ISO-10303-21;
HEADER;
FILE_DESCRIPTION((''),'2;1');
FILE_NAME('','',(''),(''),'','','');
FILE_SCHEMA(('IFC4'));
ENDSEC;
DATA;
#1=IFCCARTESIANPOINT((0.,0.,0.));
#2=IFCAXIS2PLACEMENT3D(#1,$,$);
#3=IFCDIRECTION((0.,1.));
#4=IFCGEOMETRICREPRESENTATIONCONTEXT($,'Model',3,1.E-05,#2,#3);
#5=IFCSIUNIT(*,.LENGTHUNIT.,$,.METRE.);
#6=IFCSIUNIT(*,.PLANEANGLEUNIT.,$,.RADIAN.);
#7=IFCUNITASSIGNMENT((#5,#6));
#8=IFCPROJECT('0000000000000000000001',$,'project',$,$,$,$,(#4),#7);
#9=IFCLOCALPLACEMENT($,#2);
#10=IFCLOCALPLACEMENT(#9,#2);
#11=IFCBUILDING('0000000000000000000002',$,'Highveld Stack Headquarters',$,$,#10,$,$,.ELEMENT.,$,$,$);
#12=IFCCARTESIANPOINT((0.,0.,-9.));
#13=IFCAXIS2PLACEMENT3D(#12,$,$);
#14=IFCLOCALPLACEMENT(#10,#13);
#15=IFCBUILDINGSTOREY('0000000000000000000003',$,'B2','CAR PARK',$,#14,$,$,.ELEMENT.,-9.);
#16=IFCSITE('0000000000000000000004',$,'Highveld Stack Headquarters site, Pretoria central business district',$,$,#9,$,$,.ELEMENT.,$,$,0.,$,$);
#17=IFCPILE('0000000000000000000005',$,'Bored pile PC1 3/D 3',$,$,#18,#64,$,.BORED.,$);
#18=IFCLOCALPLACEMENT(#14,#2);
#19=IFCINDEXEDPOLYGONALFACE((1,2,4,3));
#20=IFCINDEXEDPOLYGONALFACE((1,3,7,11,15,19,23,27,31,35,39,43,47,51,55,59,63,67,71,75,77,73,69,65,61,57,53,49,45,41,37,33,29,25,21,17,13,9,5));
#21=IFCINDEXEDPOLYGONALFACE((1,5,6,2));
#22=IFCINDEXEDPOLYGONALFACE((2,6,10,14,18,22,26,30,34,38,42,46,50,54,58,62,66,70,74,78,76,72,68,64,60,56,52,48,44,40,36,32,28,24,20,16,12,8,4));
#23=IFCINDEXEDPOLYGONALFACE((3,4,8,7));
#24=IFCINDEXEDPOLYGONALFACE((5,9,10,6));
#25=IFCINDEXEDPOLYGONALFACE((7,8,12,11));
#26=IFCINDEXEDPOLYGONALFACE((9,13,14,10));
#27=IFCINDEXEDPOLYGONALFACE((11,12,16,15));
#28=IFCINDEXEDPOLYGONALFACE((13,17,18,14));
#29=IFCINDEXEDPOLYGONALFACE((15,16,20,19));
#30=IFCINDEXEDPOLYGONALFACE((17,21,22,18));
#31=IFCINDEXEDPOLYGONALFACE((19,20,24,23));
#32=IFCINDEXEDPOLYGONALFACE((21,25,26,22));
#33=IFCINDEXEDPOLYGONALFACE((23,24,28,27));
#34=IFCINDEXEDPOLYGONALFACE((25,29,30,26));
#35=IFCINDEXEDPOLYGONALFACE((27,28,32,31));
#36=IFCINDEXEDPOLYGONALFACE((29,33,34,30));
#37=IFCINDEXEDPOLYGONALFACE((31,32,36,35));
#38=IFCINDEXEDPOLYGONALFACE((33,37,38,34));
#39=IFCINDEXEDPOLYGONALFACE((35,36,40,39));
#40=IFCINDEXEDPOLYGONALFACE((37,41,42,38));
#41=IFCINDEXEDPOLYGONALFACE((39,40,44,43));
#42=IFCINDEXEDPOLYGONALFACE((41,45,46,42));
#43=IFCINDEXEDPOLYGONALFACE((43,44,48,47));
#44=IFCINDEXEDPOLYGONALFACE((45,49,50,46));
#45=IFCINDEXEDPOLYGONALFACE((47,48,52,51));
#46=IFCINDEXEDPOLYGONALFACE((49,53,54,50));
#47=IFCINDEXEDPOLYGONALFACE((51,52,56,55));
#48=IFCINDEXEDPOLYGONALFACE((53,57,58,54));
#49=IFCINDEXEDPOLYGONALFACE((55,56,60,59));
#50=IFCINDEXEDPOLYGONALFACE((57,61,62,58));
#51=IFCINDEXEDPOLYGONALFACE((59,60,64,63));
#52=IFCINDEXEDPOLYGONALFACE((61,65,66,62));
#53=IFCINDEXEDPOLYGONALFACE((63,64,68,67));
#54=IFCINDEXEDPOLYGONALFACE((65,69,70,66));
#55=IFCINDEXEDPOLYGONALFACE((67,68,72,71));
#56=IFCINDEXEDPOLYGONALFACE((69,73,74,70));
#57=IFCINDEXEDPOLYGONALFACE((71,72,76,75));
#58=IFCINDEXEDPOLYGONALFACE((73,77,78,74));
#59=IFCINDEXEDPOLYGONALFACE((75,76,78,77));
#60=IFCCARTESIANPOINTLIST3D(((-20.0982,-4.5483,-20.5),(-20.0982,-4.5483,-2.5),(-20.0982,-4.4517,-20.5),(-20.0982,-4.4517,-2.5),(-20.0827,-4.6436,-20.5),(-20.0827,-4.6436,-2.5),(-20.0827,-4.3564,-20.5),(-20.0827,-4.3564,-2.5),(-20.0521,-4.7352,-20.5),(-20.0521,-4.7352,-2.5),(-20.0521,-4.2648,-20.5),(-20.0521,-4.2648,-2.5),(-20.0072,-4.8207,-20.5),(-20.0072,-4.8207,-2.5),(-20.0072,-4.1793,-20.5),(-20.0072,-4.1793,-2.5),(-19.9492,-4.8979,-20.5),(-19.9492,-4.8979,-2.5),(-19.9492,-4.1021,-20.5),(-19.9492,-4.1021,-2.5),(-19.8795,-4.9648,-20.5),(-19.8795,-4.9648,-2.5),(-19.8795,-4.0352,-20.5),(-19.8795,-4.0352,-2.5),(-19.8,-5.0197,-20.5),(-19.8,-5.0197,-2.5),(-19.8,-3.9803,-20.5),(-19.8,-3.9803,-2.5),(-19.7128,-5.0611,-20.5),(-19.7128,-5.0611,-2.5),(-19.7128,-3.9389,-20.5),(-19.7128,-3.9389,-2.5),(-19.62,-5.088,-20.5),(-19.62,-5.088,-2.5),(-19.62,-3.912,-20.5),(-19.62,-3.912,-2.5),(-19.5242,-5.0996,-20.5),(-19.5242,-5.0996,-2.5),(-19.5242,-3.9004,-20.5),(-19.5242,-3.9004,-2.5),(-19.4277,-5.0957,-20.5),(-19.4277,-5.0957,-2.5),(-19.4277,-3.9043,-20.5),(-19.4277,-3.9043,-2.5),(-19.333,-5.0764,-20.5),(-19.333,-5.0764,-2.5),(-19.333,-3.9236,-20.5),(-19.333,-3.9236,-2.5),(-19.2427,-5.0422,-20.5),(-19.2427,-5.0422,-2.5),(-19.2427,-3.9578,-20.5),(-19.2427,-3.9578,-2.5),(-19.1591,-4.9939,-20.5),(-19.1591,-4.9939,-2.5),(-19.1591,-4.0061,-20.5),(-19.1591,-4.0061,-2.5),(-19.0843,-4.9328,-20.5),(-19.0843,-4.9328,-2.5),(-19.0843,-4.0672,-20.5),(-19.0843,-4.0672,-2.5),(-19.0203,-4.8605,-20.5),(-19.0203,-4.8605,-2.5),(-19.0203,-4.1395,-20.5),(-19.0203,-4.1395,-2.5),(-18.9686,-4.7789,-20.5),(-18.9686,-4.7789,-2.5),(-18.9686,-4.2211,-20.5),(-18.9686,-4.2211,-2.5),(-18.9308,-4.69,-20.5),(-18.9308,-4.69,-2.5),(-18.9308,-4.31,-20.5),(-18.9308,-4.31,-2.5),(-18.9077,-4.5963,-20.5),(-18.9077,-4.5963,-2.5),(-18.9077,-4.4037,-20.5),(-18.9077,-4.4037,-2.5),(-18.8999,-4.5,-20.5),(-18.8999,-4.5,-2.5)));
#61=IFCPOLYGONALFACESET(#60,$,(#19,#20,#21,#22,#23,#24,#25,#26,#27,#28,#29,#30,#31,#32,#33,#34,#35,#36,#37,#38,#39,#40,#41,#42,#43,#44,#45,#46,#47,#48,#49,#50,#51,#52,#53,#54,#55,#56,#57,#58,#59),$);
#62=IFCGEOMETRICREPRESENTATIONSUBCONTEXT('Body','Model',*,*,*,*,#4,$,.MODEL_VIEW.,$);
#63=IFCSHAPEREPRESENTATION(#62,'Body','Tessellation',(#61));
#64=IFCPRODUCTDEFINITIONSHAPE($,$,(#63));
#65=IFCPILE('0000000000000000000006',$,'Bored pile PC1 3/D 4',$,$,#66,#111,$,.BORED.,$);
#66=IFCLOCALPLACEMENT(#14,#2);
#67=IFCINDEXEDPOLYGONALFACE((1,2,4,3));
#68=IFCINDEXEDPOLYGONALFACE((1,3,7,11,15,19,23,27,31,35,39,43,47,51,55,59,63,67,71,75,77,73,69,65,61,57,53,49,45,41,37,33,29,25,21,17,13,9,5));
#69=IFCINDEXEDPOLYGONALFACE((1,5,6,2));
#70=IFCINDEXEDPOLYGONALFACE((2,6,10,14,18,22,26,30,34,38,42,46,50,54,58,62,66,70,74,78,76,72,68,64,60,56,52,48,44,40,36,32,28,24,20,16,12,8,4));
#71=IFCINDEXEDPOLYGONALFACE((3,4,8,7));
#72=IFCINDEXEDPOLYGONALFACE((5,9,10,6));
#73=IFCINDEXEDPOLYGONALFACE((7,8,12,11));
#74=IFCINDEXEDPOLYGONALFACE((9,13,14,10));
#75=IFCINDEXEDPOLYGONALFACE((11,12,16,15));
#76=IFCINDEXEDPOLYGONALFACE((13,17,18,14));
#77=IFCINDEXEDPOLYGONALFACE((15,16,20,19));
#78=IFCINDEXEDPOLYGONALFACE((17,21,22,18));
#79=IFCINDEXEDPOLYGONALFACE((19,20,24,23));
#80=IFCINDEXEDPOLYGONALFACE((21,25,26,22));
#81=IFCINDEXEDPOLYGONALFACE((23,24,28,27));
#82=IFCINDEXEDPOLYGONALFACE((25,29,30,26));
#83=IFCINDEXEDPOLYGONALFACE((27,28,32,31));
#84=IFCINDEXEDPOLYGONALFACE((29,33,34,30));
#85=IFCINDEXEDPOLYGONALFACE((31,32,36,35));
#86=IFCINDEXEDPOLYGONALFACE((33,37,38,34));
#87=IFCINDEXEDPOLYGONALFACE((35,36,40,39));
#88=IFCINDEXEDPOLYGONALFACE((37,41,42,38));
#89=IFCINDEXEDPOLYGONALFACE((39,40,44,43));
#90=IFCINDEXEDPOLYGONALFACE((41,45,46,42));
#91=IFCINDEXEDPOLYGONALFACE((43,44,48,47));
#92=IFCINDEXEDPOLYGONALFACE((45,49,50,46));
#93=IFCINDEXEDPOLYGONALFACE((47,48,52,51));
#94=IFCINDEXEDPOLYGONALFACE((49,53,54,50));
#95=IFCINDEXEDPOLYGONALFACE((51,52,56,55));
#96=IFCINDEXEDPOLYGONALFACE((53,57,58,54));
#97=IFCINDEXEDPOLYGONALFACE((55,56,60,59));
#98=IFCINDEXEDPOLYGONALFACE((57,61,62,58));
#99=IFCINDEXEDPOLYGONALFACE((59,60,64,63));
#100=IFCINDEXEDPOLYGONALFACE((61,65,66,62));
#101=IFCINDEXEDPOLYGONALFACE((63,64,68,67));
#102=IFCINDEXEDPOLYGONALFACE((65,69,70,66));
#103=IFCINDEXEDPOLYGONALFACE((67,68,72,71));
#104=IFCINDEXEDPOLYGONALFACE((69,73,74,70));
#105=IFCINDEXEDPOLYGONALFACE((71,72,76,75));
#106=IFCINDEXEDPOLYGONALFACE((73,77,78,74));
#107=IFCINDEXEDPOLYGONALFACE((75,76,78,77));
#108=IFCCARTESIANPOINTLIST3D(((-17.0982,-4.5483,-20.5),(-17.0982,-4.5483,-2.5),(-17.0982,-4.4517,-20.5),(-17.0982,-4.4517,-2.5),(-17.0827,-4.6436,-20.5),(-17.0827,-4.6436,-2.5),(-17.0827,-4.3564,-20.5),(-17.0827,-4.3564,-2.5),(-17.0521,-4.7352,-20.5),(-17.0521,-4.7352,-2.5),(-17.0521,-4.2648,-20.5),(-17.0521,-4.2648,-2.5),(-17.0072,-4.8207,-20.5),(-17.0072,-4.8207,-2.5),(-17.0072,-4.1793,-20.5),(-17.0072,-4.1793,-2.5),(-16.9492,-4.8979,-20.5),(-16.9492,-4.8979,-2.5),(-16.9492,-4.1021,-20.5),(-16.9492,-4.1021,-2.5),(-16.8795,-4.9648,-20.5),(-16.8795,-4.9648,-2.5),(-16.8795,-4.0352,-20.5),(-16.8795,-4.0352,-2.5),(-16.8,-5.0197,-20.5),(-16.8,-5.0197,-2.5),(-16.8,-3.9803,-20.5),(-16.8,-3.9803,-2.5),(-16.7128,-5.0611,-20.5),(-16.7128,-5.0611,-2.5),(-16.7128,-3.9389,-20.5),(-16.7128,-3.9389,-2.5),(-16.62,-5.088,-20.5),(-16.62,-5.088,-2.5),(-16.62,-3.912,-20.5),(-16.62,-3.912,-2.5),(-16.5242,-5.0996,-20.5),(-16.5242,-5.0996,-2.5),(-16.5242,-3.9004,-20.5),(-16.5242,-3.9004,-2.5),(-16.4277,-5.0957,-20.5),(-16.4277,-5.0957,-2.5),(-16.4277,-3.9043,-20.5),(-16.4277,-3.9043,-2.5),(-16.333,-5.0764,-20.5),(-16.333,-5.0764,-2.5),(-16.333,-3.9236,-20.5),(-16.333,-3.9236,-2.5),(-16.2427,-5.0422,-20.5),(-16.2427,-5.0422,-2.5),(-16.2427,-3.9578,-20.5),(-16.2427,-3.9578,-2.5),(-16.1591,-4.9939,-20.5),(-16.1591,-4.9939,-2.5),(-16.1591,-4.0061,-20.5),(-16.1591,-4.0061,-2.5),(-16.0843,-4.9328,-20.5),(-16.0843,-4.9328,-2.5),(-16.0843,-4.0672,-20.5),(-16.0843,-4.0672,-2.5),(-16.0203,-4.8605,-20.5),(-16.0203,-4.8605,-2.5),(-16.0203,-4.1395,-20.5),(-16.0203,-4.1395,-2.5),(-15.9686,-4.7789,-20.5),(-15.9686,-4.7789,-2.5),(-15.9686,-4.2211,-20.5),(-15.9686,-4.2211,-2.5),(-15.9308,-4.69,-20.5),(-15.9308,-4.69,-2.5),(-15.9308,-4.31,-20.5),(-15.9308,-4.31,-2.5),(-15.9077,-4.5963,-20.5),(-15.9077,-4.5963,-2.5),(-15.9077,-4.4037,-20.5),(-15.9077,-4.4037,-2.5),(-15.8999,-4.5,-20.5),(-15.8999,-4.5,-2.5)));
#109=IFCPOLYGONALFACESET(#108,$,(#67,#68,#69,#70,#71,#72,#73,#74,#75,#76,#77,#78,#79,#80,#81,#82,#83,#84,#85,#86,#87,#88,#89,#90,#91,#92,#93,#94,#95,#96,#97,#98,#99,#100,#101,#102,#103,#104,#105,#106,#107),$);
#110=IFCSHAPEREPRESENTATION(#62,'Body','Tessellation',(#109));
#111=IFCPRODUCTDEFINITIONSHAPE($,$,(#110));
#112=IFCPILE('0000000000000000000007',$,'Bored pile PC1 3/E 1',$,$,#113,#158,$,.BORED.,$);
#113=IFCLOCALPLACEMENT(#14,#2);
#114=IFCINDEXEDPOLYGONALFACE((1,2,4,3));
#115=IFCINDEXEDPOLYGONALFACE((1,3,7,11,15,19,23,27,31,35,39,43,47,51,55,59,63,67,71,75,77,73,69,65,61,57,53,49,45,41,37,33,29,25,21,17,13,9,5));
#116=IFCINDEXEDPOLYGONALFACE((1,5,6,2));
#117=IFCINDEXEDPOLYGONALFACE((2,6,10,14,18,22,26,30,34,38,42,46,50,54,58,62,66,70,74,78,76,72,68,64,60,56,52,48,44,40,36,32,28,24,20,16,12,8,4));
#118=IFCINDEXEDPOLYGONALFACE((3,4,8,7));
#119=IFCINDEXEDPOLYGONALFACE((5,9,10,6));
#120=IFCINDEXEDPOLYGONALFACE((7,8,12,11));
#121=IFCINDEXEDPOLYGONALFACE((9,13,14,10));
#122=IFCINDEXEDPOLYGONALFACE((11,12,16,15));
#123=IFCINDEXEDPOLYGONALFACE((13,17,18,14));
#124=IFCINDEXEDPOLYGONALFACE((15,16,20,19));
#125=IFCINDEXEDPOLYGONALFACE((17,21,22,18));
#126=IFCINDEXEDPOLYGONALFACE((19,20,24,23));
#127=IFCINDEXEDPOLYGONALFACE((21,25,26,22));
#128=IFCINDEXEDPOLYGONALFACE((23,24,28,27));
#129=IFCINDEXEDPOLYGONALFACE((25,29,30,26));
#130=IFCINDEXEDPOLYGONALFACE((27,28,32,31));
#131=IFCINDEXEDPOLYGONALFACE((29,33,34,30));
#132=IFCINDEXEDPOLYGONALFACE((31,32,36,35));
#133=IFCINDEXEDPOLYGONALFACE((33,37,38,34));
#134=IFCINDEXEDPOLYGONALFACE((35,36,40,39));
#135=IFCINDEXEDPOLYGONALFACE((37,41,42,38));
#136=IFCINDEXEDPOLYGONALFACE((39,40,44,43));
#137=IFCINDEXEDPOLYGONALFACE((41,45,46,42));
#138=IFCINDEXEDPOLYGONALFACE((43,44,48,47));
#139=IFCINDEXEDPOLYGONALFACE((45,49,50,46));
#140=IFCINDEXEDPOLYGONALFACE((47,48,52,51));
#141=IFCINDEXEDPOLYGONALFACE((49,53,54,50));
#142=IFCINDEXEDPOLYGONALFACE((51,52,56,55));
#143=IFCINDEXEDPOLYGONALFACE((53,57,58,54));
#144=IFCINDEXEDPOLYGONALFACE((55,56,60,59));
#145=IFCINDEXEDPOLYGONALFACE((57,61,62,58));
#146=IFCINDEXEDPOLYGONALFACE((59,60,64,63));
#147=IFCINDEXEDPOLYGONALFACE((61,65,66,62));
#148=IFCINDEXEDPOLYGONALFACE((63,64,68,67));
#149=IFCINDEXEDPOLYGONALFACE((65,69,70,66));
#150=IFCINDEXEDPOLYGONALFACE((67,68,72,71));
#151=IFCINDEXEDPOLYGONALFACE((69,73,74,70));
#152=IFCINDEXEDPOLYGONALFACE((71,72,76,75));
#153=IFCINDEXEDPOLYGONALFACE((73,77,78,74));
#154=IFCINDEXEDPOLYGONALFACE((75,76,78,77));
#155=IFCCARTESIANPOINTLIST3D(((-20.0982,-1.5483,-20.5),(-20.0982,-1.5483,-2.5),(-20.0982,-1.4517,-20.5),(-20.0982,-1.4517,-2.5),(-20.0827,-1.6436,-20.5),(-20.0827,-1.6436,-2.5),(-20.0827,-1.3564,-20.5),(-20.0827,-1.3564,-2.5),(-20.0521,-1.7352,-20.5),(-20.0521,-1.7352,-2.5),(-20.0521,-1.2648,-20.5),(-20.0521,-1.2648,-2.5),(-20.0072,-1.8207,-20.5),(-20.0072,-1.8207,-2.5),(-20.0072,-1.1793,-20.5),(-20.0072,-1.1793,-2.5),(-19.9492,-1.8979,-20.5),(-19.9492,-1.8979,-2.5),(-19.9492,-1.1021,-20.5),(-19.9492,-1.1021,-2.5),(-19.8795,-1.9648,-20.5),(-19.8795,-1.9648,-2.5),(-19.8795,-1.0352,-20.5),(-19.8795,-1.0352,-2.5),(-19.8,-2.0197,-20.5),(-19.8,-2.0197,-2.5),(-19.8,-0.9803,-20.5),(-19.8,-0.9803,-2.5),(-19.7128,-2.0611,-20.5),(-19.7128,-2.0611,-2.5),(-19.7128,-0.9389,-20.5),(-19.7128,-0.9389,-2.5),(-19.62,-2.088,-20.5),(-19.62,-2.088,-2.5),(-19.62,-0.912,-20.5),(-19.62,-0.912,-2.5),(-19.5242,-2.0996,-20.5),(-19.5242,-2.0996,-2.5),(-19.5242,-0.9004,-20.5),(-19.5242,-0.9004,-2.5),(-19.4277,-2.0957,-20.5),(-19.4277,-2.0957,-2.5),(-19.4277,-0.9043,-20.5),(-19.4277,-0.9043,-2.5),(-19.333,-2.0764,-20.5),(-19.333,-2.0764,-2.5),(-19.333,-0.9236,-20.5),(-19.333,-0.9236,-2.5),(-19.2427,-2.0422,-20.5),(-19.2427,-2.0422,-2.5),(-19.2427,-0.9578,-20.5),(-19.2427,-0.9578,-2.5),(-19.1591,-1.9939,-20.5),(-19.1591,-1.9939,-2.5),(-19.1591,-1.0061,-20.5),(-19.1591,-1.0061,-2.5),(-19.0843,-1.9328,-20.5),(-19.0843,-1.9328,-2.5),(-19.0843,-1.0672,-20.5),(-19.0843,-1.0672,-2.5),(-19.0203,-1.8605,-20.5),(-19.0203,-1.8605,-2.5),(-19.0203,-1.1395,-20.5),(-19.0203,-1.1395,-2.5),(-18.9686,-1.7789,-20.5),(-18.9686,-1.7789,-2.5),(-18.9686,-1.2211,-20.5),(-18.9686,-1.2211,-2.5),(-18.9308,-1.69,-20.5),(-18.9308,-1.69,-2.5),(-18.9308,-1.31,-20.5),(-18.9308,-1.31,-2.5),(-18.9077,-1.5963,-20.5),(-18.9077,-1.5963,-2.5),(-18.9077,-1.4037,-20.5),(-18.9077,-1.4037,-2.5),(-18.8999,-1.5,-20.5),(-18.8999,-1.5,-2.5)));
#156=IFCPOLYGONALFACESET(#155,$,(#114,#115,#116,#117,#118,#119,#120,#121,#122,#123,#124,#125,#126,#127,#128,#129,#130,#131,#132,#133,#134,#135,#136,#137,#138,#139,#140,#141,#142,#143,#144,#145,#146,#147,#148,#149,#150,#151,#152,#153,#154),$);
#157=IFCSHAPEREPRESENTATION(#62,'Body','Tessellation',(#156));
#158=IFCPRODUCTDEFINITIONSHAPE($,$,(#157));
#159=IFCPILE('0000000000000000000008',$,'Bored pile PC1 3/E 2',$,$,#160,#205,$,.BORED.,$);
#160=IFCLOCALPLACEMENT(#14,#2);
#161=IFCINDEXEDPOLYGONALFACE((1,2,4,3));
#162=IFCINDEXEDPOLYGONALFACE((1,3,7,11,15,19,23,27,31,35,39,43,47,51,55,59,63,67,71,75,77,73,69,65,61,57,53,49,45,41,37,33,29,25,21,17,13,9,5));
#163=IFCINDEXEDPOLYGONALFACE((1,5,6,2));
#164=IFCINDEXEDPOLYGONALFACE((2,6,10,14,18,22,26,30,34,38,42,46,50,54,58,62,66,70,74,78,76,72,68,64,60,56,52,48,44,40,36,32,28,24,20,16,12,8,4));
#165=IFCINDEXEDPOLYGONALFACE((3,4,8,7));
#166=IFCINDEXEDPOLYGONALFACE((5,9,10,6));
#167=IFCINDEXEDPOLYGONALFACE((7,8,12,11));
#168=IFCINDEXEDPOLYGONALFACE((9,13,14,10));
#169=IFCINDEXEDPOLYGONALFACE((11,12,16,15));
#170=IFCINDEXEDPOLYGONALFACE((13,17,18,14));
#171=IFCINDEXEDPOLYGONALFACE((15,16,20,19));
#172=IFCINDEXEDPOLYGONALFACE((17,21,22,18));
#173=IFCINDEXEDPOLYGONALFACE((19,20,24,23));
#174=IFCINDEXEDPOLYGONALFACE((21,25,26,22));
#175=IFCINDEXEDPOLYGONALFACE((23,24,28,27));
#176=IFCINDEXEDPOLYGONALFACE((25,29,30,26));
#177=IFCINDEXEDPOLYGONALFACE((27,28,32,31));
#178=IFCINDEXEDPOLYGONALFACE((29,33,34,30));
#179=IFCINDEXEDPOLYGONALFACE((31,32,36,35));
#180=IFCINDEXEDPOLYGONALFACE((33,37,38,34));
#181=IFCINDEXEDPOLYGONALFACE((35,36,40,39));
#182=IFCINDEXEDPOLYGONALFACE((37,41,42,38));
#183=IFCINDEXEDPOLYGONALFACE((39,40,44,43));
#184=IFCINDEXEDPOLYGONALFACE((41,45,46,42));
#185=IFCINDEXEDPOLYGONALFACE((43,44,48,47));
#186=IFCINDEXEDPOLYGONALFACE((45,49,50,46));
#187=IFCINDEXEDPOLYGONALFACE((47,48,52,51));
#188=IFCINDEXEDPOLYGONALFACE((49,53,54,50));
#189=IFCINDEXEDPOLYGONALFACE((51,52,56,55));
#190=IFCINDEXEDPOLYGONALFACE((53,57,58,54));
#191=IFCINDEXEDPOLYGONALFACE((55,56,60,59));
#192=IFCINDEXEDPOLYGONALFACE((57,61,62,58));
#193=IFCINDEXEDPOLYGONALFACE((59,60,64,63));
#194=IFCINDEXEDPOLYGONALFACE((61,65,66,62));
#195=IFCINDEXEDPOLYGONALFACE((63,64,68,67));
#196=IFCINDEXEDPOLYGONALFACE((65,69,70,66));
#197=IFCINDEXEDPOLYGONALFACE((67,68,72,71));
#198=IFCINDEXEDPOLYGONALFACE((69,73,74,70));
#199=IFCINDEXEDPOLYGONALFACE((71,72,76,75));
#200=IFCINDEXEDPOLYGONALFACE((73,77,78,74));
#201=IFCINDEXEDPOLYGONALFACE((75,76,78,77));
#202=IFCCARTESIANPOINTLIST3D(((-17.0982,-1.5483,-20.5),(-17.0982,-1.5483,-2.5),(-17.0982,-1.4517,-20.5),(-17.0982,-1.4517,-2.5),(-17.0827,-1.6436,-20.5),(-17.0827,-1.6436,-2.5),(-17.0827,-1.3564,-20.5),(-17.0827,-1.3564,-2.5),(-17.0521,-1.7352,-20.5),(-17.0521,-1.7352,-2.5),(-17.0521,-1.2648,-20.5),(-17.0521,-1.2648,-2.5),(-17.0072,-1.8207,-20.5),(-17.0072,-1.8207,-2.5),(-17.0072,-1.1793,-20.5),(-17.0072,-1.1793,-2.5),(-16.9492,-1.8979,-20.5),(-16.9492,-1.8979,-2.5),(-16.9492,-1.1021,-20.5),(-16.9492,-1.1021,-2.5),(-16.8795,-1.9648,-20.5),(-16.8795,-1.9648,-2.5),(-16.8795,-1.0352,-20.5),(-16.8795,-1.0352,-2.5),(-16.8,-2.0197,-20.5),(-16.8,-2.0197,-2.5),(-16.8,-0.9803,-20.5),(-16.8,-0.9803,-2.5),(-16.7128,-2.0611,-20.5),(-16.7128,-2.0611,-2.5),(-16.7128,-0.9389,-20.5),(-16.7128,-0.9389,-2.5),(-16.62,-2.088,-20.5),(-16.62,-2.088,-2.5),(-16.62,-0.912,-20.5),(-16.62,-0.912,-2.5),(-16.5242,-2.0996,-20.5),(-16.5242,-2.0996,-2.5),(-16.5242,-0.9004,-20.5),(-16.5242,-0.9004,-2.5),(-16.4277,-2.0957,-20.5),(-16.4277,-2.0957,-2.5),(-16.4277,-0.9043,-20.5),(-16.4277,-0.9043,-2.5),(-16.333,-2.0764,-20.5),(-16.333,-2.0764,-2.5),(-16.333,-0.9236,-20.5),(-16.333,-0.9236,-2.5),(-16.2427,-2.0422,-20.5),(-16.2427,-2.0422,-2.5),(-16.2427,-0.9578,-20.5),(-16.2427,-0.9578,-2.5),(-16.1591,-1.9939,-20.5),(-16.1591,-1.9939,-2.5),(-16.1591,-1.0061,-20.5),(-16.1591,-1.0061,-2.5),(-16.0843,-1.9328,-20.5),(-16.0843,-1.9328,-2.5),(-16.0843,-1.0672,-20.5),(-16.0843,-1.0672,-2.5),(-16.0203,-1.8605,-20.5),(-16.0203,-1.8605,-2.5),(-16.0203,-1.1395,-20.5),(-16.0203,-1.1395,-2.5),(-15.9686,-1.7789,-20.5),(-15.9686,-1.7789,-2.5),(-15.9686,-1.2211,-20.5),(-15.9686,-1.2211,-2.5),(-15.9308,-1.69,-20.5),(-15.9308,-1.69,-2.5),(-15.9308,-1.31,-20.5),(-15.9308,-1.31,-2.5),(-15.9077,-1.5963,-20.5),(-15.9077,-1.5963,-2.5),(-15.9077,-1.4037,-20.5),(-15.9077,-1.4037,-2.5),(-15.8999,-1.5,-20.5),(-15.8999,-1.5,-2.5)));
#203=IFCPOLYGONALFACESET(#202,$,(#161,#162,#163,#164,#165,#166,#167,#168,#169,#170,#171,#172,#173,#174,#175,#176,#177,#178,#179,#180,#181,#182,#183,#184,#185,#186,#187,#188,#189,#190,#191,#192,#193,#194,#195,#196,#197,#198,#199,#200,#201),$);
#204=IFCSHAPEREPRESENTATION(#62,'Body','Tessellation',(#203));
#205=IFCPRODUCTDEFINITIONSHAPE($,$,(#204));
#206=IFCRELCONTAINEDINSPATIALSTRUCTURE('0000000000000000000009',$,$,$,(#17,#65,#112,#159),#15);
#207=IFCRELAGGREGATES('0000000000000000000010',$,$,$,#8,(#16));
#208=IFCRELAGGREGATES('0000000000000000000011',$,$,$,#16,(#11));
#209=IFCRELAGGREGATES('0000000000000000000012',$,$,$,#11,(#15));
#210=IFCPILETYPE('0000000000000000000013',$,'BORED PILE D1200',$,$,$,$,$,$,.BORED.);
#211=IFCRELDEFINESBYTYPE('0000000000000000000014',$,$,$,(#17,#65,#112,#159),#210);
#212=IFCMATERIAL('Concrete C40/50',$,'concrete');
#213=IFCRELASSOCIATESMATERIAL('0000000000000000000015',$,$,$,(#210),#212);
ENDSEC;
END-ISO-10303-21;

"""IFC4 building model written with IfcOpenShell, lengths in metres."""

from ifc_helpers import new_model, si_unit, direction, frame, origin, origin_2d, place, context, subcontext, project, spatial, circle, extrude, material, type_object, element, save


model = new_model("IFC4")

# Units and contexts
model_context = context("Model", 3, precision=1e-05, world=origin(), true_north=direction((0.0, 1.0)))
body_context = subcontext(model_context, "Body", "Model", "MODEL_VIEW")
ifc_project = project(units=[si_unit("LENGTHUNIT", "METRE"), si_unit("PLANEANGLEUNIT", "RADIAN")], contexts=[model_context])

# Site, building, storey
site_placement = place(None, origin())
site = spatial("IfcSite", under=ifc_project, at=site_placement, Name="Highveld Stack Headquarters site, Pretoria central business district", CompositionType="ELEMENT", RefElevation=0.0)
building_placement = place(site_placement, origin())
building = spatial("IfcBuilding", under=site, at=building_placement, Name="Highveld Stack Headquarters", CompositionType="ELEMENT")
storey_placement = place(building_placement, frame((0.0, 0.0, -9.0)))
storey = spatial("IfcBuildingStorey", under=building, at=storey_placement, Name="B2", Description="CAR PARK", CompositionType="ELEMENT", Elevation=-9.0)

# Piles
ifc_material_1 = material(Name="Concrete C40/50", Category="concrete")
pile_type_1 = type_object("IfcPileType", Name="BORED PILE D1200", PredefinedType="BORED", material=ifc_material_1)
for number, where, z_axis, x_axis, name in (
    (1, (-19.5, -4.5, -2.5), (0.0, 0.0, -1.0), (1.0, 0.0, 0.0), "Bored pile PC1 3/D 3"),
    (2, (-16.5, -4.5, -2.5), (0.0, 0.0, -1.0), (1.0, 0.0, 0.0), "Bored pile PC1 3/D 4"),
    (3, (-19.5, -1.5, -2.5), (0.0, 0.0, -1.0), (1.0, 0.0, 0.0), "Bored pile PC1 3/E 1"),
    (4, (-16.5, -1.5, -2.5), (0.0, 0.0, -1.0), (1.0, 0.0, 0.0), "Bored pile PC1 3/E 2"),
):
    element("IfcPile", number, at=place(storey_placement, frame(where, z_axis=z_axis, x_axis=x_axis)), inside=storey, type_object=pile_type_1, Name=name, PredefinedType="BORED", context=body_context, shape_type="SweptSolid", body=[
        extrude(circle(Radius=0.6001, at=origin_2d()), origin(), (0.0, 0.0, 1.0), 18.0),
    ])

save(model, "model.ifc")
